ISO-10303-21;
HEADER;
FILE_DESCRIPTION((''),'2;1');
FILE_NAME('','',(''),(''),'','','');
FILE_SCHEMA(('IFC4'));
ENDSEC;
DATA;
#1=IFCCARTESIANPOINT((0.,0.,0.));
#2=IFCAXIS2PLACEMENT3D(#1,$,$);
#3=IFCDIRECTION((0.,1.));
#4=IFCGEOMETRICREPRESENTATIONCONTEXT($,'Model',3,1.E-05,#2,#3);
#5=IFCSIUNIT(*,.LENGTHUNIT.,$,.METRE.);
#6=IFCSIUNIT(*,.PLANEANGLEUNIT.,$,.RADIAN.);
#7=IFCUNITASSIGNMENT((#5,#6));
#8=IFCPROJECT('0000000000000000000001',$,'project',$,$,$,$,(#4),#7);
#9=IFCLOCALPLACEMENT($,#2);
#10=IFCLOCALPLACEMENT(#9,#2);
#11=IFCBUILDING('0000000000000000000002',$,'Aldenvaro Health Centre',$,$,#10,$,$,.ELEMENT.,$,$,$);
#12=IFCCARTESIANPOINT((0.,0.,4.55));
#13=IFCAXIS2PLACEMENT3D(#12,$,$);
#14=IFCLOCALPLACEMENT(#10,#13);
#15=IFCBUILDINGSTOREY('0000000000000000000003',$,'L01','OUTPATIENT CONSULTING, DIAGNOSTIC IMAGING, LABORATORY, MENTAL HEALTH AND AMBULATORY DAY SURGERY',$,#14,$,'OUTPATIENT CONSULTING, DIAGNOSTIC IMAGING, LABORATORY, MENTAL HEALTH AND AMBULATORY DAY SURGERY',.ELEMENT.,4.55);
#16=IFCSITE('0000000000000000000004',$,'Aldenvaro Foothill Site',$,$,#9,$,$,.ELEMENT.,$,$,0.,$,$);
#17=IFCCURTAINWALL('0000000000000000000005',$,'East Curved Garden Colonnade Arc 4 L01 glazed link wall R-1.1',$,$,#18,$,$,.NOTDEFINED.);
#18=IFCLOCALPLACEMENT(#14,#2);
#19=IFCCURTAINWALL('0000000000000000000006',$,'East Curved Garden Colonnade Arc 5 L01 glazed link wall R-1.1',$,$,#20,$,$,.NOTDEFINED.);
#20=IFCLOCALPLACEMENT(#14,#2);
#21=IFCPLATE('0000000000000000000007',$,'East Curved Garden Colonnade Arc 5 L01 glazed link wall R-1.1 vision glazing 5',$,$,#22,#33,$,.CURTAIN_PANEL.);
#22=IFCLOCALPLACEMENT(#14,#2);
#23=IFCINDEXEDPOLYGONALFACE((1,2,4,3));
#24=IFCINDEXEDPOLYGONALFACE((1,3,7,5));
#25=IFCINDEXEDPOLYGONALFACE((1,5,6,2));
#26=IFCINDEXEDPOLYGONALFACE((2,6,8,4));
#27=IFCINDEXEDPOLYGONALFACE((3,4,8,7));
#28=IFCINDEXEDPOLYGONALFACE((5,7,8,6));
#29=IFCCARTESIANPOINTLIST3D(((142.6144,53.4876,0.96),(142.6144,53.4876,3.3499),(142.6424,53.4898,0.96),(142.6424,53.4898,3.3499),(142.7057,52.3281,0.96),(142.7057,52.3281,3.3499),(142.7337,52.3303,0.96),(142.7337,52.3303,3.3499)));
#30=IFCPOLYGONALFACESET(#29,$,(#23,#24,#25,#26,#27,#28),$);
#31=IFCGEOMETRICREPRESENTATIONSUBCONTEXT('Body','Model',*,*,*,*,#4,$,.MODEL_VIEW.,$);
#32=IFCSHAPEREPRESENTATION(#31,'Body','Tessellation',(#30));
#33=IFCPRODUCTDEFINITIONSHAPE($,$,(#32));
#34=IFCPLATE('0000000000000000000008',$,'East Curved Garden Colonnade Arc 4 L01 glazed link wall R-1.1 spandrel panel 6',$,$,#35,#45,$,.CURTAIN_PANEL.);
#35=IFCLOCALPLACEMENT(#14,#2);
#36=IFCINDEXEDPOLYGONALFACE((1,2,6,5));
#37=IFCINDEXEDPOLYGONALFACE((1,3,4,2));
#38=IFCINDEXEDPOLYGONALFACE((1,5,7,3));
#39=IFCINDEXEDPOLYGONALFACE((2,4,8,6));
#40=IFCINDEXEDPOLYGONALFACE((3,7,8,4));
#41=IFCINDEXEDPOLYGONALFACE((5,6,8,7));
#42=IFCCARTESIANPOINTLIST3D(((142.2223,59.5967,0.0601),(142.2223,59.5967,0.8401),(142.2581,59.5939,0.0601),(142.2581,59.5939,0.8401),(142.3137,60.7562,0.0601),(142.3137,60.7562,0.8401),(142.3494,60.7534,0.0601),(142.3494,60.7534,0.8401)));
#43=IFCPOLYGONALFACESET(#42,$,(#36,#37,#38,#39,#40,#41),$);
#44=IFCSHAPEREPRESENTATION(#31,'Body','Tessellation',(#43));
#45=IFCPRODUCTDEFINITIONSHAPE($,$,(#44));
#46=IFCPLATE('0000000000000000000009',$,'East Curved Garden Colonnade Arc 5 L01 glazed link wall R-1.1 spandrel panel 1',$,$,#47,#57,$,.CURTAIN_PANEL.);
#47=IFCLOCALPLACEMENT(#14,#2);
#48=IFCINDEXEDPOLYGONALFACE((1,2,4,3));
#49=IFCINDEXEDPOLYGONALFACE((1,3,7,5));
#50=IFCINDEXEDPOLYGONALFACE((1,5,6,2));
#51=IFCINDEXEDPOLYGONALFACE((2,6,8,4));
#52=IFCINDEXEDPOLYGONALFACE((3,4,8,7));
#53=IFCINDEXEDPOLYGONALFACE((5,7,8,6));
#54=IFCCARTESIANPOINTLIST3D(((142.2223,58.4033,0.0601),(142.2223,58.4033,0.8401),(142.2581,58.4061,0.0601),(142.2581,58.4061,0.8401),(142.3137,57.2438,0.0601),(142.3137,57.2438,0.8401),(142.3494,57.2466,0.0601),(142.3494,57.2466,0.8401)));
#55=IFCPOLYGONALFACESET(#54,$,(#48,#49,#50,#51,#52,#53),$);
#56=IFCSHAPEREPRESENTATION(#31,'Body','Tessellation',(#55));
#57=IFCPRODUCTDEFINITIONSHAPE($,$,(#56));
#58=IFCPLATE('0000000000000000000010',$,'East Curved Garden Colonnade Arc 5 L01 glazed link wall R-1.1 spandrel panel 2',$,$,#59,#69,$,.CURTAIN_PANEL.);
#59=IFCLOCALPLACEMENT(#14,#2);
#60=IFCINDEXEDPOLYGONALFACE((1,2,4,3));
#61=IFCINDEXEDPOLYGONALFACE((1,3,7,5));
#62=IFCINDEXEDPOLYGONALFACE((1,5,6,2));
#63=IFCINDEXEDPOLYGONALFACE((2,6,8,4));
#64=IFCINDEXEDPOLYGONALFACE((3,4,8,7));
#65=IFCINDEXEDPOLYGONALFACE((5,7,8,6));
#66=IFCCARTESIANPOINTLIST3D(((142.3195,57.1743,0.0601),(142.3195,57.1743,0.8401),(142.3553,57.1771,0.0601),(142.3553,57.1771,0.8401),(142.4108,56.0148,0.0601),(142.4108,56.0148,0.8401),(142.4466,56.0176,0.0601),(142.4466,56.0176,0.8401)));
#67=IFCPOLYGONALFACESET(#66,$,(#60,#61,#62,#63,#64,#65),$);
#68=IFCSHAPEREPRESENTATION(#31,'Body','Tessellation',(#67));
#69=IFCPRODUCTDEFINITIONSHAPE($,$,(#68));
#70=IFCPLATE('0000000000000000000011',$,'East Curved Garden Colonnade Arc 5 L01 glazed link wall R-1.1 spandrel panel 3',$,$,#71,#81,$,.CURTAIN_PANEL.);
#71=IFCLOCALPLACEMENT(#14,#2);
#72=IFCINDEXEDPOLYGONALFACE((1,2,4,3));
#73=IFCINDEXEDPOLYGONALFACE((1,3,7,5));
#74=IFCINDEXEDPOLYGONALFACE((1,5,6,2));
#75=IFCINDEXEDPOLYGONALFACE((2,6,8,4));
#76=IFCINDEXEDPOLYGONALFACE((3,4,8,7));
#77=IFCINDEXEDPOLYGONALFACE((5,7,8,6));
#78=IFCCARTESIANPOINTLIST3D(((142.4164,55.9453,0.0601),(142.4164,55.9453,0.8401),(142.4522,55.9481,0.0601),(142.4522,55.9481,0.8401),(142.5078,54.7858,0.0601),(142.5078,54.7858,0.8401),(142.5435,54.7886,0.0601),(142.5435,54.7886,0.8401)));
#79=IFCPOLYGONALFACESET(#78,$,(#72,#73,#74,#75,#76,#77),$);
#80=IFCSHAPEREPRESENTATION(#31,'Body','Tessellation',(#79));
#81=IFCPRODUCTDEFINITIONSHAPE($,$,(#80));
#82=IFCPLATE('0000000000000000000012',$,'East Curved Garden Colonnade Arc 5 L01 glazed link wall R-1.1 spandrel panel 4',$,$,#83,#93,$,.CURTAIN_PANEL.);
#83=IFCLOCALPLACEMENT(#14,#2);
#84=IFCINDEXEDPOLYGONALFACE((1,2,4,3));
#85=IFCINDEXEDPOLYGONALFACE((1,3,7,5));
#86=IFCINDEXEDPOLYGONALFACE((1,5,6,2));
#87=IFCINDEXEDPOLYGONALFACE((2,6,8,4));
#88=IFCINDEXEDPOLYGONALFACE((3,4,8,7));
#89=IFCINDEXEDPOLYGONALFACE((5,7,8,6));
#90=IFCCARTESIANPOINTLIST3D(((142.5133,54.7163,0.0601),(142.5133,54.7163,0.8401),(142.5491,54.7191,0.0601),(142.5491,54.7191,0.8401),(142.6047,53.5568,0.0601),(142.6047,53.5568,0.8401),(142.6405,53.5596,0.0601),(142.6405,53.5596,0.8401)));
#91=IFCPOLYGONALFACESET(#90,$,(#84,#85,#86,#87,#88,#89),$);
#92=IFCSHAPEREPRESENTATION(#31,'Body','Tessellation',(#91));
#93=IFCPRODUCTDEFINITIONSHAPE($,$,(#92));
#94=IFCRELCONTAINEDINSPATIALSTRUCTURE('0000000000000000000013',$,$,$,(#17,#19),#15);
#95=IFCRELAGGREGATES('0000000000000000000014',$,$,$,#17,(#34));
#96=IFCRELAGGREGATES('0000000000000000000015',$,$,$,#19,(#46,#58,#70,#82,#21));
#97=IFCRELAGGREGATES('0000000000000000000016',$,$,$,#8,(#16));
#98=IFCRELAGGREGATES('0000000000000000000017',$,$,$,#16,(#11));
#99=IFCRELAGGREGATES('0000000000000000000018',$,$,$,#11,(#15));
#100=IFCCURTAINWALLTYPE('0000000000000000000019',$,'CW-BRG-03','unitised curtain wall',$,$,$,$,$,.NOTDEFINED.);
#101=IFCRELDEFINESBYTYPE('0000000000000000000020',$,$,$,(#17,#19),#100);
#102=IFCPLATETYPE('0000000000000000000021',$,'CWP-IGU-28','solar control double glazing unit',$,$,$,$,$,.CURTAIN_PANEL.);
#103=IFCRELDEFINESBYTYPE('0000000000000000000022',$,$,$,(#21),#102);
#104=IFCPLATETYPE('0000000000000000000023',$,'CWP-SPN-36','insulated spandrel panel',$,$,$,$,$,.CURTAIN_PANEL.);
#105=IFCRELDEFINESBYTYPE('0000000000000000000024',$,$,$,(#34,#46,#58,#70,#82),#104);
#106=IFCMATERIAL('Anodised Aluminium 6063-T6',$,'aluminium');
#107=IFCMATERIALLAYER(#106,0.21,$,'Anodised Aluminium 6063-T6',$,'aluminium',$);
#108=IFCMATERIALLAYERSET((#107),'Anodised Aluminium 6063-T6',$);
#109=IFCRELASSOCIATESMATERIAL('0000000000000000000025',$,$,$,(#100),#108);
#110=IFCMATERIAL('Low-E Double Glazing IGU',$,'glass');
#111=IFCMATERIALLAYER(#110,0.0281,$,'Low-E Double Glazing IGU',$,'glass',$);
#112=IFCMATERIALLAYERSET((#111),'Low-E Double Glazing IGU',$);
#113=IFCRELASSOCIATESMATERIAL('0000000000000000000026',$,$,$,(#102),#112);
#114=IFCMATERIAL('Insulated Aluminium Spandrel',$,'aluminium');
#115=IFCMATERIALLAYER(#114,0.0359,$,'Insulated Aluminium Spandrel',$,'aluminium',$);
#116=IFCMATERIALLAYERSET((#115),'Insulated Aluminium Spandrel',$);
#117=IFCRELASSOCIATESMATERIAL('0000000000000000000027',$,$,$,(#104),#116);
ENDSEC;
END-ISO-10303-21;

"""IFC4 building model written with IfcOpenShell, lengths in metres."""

from ifc_helpers import new_model, si_unit, direction, frame, origin, origin_2d, place, context, subcontext, project, spatial, rectangle, extrude, material, layer, layer_set, type_object, element, aggregate, save


model = new_model("IFC4")

# Units and contexts
model_context = context("Model", 3, precision=1e-05, world=origin(), true_north=direction((0.0, 1.0)))
body_context = subcontext(model_context, "Body", "Model", "MODEL_VIEW")
ifc_project = project(units=[si_unit("LENGTHUNIT", "METRE"), si_unit("PLANEANGLEUNIT", "RADIAN")], contexts=[model_context])

# Site, building, storey
site_placement = place(None, origin())
site = spatial("IfcSite", under=ifc_project, at=site_placement, Name="Aldenvaro Foothill Site", CompositionType="ELEMENT", RefElevation=0.0)
building_placement = place(site_placement, origin())
building = spatial("IfcBuilding", under=site, at=building_placement, Name="Aldenvaro Health Centre", CompositionType="ELEMENT")
storey_placement = place(building_placement, frame((0.0, 0.0, 4.55)))
storey = spatial("IfcBuildingStorey", under=building, at=storey_placement, Name="L01", Description="OUTPATIENT CONSULTING, DIAGNOSTIC IMAGING, LABORATORY, MENTAL HEALTH AND AMBULATORY DAY SURGERY", LongName="OUTPATIENT CONSULTING, DIAGNOSTIC IMAGING, LABORATORY, MENTAL HEALTH AND AMBULATORY DAY SURGERY", CompositionType="ELEMENT", Elevation=4.55)

# Curtain walls
ifc_material_1 = material(Name="Anodised Aluminium 6063-T6", Category="aluminium")
ifc_layer_1 = layer(ifc_material_1, 0.21, Name="Anodised Aluminium 6063-T6", Category="aluminium")
ifc_layer_set_1 = layer_set([ifc_layer_1], Name="Anodised Aluminium 6063-T6")
curtain_wall_type = type_object("IfcCurtainWallType", Name="CW-BRG-03", Description="unitised curtain wall", PredefinedType="NOTDEFINED", material=ifc_layer_set_1)
curtain_wall_1_placement = place(storey_placement, origin())
curtain_wall_1 = element("IfcCurtainWall", 1, at=curtain_wall_1_placement, inside=storey, type_object=curtain_wall_type, Name="East Curved Garden Colonnade Arc 4 L01 glazed link wall R-1.1", PredefinedType="NOTDEFINED")
curtain_wall_2_placement = place(storey_placement, origin())
curtain_wall_2 = element("IfcCurtainWall", 2, at=curtain_wall_2_placement, inside=storey, type_object=curtain_wall_type, Name="East Curved Garden Colonnade Arc 5 L01 glazed link wall R-1.1", PredefinedType="NOTDEFINED")

# Plates
ifc_material_2 = material(Name="Low-E Double Glazing IGU", Category="glass")
ifc_layer_2 = layer(ifc_material_2, 0.0281, Name="Low-E Double Glazing IGU", Category="glass")
ifc_layer_set_2 = layer_set([ifc_layer_2], Name="Low-E Double Glazing IGU")
plate_type_1 = type_object("IfcPlateType", Name="CWP-IGU-28", Description="solar control double glazing unit", PredefinedType="CURTAIN_PANEL", material=ifc_layer_set_2)
plate_1_placement = place(storey_placement, frame((142.6741, 52.9089, 0.96), z_axis=(0.0, 0.0, 1.0), x_axis=(0.078536, -0.996911, 0.0)))
plate_1 = element("IfcPlate", 3, at=plate_1_placement, type_object=plate_type_1, Name="East Curved Garden Colonnade Arc 5 L01 glazed link wall R-1.1 vision glazing 5", PredefinedType="CURTAIN_PANEL", context=body_context, shape_type="SweptSolid", body=[
    extrude(rectangle(XDim=1.1631, YDim=0.0281, at=origin_2d()), origin(), (0.0, 0.0, 1.0), 2.3899),
])
ifc_material_3 = material(Name="Insulated Aluminium Spandrel", Category="aluminium")
ifc_layer_3 = layer(ifc_material_3, 0.0359, Name="Insulated Aluminium Spandrel", Category="aluminium")
ifc_layer_set_3 = layer_set([ifc_layer_3], Name="Insulated Aluminium Spandrel")
plate_type_2 = type_object("IfcPlateType", Name="CWP-SPN-36", Description="insulated spandrel panel", PredefinedType="CURTAIN_PANEL", material=ifc_layer_set_3)
plate_2_placement = place(storey_placement, frame((142.2859, 60.175, 0.0601), z_axis=(0.0, 0.0, 1.0), x_axis=(-0.078536, -0.996911, 0.0)))
plate_2 = element("IfcPlate", 4, at=plate_2_placement, type_object=plate_type_2, Name="East Curved Garden Colonnade Arc 4 L01 glazed link wall R-1.1 spandrel panel 6", PredefinedType="CURTAIN_PANEL", context=body_context, shape_type="SweptSolid", body=[
    extrude(rectangle(XDim=1.1631, YDim=0.0359, at=origin_2d()), origin(), (0.0, 0.0, 1.0), 0.78),
])
aggregate(curtain_wall_1, [plate_2])
plate_3_placement = place(storey_placement, frame((142.2859, 57.825, 0.0601), z_axis=(0.0, 0.0, 1.0), x_axis=(0.078536, -0.996911, 0.0)))
plate_3 = element("IfcPlate", 5, at=plate_3_placement, type_object=plate_type_2, Name="East Curved Garden Colonnade Arc 5 L01 glazed link wall R-1.1 spandrel panel 1", PredefinedType="CURTAIN_PANEL", context=body_context, shape_type="SweptSolid", body=[
    extrude(rectangle(XDim=1.1631, YDim=0.0359, at=origin_2d()), origin(), (0.0, 0.0, 1.0), 0.78),
])
plate_4_placement = place(storey_placement, frame((142.3831, 56.5959, 0.0601), z_axis=(0.0, 0.0, 1.0), x_axis=(0.078536, -0.996911, 0.0)))
plate_4 = element("IfcPlate", 6, at=plate_4_placement, type_object=plate_type_2, Name="East Curved Garden Colonnade Arc 5 L01 glazed link wall R-1.1 spandrel panel 2", PredefinedType="CURTAIN_PANEL", context=body_context, shape_type="SweptSolid", body=[
    extrude(rectangle(XDim=1.1631, YDim=0.0359, at=origin_2d()), origin(), (0.0, 0.0, 1.0), 0.78),
])
plate_5_placement = place(storey_placement, frame((142.48, 55.3669, 0.0601), z_axis=(0.0, 0.0, 1.0), x_axis=(0.078536, -0.996911, 0.0)))
plate_5 = element("IfcPlate", 7, at=plate_5_placement, type_object=plate_type_2, Name="East Curved Garden Colonnade Arc 5 L01 glazed link wall R-1.1 spandrel panel 3", PredefinedType="CURTAIN_PANEL", context=body_context, shape_type="SweptSolid", body=[
    extrude(rectangle(XDim=1.1631, YDim=0.0359, at=origin_2d()), origin(), (0.0, 0.0, 1.0), 0.78),
])
plate_6_placement = place(storey_placement, frame((142.5769, 54.1379, 0.0601), z_axis=(0.0, 0.0, 1.0), x_axis=(0.078536, -0.996911, 0.0)))
plate_6 = element("IfcPlate", 8, at=plate_6_placement, type_object=plate_type_2, Name="East Curved Garden Colonnade Arc 5 L01 glazed link wall R-1.1 spandrel panel 4", PredefinedType="CURTAIN_PANEL", context=body_context, shape_type="SweptSolid", body=[
    extrude(rectangle(XDim=1.1631, YDim=0.0359, at=origin_2d()), origin(), (0.0, 0.0, 1.0), 0.78),
])
aggregate(curtain_wall_2, [plate_3, plate_4, plate_5, plate_6, plate_1])

save(model, "model.ifc")
